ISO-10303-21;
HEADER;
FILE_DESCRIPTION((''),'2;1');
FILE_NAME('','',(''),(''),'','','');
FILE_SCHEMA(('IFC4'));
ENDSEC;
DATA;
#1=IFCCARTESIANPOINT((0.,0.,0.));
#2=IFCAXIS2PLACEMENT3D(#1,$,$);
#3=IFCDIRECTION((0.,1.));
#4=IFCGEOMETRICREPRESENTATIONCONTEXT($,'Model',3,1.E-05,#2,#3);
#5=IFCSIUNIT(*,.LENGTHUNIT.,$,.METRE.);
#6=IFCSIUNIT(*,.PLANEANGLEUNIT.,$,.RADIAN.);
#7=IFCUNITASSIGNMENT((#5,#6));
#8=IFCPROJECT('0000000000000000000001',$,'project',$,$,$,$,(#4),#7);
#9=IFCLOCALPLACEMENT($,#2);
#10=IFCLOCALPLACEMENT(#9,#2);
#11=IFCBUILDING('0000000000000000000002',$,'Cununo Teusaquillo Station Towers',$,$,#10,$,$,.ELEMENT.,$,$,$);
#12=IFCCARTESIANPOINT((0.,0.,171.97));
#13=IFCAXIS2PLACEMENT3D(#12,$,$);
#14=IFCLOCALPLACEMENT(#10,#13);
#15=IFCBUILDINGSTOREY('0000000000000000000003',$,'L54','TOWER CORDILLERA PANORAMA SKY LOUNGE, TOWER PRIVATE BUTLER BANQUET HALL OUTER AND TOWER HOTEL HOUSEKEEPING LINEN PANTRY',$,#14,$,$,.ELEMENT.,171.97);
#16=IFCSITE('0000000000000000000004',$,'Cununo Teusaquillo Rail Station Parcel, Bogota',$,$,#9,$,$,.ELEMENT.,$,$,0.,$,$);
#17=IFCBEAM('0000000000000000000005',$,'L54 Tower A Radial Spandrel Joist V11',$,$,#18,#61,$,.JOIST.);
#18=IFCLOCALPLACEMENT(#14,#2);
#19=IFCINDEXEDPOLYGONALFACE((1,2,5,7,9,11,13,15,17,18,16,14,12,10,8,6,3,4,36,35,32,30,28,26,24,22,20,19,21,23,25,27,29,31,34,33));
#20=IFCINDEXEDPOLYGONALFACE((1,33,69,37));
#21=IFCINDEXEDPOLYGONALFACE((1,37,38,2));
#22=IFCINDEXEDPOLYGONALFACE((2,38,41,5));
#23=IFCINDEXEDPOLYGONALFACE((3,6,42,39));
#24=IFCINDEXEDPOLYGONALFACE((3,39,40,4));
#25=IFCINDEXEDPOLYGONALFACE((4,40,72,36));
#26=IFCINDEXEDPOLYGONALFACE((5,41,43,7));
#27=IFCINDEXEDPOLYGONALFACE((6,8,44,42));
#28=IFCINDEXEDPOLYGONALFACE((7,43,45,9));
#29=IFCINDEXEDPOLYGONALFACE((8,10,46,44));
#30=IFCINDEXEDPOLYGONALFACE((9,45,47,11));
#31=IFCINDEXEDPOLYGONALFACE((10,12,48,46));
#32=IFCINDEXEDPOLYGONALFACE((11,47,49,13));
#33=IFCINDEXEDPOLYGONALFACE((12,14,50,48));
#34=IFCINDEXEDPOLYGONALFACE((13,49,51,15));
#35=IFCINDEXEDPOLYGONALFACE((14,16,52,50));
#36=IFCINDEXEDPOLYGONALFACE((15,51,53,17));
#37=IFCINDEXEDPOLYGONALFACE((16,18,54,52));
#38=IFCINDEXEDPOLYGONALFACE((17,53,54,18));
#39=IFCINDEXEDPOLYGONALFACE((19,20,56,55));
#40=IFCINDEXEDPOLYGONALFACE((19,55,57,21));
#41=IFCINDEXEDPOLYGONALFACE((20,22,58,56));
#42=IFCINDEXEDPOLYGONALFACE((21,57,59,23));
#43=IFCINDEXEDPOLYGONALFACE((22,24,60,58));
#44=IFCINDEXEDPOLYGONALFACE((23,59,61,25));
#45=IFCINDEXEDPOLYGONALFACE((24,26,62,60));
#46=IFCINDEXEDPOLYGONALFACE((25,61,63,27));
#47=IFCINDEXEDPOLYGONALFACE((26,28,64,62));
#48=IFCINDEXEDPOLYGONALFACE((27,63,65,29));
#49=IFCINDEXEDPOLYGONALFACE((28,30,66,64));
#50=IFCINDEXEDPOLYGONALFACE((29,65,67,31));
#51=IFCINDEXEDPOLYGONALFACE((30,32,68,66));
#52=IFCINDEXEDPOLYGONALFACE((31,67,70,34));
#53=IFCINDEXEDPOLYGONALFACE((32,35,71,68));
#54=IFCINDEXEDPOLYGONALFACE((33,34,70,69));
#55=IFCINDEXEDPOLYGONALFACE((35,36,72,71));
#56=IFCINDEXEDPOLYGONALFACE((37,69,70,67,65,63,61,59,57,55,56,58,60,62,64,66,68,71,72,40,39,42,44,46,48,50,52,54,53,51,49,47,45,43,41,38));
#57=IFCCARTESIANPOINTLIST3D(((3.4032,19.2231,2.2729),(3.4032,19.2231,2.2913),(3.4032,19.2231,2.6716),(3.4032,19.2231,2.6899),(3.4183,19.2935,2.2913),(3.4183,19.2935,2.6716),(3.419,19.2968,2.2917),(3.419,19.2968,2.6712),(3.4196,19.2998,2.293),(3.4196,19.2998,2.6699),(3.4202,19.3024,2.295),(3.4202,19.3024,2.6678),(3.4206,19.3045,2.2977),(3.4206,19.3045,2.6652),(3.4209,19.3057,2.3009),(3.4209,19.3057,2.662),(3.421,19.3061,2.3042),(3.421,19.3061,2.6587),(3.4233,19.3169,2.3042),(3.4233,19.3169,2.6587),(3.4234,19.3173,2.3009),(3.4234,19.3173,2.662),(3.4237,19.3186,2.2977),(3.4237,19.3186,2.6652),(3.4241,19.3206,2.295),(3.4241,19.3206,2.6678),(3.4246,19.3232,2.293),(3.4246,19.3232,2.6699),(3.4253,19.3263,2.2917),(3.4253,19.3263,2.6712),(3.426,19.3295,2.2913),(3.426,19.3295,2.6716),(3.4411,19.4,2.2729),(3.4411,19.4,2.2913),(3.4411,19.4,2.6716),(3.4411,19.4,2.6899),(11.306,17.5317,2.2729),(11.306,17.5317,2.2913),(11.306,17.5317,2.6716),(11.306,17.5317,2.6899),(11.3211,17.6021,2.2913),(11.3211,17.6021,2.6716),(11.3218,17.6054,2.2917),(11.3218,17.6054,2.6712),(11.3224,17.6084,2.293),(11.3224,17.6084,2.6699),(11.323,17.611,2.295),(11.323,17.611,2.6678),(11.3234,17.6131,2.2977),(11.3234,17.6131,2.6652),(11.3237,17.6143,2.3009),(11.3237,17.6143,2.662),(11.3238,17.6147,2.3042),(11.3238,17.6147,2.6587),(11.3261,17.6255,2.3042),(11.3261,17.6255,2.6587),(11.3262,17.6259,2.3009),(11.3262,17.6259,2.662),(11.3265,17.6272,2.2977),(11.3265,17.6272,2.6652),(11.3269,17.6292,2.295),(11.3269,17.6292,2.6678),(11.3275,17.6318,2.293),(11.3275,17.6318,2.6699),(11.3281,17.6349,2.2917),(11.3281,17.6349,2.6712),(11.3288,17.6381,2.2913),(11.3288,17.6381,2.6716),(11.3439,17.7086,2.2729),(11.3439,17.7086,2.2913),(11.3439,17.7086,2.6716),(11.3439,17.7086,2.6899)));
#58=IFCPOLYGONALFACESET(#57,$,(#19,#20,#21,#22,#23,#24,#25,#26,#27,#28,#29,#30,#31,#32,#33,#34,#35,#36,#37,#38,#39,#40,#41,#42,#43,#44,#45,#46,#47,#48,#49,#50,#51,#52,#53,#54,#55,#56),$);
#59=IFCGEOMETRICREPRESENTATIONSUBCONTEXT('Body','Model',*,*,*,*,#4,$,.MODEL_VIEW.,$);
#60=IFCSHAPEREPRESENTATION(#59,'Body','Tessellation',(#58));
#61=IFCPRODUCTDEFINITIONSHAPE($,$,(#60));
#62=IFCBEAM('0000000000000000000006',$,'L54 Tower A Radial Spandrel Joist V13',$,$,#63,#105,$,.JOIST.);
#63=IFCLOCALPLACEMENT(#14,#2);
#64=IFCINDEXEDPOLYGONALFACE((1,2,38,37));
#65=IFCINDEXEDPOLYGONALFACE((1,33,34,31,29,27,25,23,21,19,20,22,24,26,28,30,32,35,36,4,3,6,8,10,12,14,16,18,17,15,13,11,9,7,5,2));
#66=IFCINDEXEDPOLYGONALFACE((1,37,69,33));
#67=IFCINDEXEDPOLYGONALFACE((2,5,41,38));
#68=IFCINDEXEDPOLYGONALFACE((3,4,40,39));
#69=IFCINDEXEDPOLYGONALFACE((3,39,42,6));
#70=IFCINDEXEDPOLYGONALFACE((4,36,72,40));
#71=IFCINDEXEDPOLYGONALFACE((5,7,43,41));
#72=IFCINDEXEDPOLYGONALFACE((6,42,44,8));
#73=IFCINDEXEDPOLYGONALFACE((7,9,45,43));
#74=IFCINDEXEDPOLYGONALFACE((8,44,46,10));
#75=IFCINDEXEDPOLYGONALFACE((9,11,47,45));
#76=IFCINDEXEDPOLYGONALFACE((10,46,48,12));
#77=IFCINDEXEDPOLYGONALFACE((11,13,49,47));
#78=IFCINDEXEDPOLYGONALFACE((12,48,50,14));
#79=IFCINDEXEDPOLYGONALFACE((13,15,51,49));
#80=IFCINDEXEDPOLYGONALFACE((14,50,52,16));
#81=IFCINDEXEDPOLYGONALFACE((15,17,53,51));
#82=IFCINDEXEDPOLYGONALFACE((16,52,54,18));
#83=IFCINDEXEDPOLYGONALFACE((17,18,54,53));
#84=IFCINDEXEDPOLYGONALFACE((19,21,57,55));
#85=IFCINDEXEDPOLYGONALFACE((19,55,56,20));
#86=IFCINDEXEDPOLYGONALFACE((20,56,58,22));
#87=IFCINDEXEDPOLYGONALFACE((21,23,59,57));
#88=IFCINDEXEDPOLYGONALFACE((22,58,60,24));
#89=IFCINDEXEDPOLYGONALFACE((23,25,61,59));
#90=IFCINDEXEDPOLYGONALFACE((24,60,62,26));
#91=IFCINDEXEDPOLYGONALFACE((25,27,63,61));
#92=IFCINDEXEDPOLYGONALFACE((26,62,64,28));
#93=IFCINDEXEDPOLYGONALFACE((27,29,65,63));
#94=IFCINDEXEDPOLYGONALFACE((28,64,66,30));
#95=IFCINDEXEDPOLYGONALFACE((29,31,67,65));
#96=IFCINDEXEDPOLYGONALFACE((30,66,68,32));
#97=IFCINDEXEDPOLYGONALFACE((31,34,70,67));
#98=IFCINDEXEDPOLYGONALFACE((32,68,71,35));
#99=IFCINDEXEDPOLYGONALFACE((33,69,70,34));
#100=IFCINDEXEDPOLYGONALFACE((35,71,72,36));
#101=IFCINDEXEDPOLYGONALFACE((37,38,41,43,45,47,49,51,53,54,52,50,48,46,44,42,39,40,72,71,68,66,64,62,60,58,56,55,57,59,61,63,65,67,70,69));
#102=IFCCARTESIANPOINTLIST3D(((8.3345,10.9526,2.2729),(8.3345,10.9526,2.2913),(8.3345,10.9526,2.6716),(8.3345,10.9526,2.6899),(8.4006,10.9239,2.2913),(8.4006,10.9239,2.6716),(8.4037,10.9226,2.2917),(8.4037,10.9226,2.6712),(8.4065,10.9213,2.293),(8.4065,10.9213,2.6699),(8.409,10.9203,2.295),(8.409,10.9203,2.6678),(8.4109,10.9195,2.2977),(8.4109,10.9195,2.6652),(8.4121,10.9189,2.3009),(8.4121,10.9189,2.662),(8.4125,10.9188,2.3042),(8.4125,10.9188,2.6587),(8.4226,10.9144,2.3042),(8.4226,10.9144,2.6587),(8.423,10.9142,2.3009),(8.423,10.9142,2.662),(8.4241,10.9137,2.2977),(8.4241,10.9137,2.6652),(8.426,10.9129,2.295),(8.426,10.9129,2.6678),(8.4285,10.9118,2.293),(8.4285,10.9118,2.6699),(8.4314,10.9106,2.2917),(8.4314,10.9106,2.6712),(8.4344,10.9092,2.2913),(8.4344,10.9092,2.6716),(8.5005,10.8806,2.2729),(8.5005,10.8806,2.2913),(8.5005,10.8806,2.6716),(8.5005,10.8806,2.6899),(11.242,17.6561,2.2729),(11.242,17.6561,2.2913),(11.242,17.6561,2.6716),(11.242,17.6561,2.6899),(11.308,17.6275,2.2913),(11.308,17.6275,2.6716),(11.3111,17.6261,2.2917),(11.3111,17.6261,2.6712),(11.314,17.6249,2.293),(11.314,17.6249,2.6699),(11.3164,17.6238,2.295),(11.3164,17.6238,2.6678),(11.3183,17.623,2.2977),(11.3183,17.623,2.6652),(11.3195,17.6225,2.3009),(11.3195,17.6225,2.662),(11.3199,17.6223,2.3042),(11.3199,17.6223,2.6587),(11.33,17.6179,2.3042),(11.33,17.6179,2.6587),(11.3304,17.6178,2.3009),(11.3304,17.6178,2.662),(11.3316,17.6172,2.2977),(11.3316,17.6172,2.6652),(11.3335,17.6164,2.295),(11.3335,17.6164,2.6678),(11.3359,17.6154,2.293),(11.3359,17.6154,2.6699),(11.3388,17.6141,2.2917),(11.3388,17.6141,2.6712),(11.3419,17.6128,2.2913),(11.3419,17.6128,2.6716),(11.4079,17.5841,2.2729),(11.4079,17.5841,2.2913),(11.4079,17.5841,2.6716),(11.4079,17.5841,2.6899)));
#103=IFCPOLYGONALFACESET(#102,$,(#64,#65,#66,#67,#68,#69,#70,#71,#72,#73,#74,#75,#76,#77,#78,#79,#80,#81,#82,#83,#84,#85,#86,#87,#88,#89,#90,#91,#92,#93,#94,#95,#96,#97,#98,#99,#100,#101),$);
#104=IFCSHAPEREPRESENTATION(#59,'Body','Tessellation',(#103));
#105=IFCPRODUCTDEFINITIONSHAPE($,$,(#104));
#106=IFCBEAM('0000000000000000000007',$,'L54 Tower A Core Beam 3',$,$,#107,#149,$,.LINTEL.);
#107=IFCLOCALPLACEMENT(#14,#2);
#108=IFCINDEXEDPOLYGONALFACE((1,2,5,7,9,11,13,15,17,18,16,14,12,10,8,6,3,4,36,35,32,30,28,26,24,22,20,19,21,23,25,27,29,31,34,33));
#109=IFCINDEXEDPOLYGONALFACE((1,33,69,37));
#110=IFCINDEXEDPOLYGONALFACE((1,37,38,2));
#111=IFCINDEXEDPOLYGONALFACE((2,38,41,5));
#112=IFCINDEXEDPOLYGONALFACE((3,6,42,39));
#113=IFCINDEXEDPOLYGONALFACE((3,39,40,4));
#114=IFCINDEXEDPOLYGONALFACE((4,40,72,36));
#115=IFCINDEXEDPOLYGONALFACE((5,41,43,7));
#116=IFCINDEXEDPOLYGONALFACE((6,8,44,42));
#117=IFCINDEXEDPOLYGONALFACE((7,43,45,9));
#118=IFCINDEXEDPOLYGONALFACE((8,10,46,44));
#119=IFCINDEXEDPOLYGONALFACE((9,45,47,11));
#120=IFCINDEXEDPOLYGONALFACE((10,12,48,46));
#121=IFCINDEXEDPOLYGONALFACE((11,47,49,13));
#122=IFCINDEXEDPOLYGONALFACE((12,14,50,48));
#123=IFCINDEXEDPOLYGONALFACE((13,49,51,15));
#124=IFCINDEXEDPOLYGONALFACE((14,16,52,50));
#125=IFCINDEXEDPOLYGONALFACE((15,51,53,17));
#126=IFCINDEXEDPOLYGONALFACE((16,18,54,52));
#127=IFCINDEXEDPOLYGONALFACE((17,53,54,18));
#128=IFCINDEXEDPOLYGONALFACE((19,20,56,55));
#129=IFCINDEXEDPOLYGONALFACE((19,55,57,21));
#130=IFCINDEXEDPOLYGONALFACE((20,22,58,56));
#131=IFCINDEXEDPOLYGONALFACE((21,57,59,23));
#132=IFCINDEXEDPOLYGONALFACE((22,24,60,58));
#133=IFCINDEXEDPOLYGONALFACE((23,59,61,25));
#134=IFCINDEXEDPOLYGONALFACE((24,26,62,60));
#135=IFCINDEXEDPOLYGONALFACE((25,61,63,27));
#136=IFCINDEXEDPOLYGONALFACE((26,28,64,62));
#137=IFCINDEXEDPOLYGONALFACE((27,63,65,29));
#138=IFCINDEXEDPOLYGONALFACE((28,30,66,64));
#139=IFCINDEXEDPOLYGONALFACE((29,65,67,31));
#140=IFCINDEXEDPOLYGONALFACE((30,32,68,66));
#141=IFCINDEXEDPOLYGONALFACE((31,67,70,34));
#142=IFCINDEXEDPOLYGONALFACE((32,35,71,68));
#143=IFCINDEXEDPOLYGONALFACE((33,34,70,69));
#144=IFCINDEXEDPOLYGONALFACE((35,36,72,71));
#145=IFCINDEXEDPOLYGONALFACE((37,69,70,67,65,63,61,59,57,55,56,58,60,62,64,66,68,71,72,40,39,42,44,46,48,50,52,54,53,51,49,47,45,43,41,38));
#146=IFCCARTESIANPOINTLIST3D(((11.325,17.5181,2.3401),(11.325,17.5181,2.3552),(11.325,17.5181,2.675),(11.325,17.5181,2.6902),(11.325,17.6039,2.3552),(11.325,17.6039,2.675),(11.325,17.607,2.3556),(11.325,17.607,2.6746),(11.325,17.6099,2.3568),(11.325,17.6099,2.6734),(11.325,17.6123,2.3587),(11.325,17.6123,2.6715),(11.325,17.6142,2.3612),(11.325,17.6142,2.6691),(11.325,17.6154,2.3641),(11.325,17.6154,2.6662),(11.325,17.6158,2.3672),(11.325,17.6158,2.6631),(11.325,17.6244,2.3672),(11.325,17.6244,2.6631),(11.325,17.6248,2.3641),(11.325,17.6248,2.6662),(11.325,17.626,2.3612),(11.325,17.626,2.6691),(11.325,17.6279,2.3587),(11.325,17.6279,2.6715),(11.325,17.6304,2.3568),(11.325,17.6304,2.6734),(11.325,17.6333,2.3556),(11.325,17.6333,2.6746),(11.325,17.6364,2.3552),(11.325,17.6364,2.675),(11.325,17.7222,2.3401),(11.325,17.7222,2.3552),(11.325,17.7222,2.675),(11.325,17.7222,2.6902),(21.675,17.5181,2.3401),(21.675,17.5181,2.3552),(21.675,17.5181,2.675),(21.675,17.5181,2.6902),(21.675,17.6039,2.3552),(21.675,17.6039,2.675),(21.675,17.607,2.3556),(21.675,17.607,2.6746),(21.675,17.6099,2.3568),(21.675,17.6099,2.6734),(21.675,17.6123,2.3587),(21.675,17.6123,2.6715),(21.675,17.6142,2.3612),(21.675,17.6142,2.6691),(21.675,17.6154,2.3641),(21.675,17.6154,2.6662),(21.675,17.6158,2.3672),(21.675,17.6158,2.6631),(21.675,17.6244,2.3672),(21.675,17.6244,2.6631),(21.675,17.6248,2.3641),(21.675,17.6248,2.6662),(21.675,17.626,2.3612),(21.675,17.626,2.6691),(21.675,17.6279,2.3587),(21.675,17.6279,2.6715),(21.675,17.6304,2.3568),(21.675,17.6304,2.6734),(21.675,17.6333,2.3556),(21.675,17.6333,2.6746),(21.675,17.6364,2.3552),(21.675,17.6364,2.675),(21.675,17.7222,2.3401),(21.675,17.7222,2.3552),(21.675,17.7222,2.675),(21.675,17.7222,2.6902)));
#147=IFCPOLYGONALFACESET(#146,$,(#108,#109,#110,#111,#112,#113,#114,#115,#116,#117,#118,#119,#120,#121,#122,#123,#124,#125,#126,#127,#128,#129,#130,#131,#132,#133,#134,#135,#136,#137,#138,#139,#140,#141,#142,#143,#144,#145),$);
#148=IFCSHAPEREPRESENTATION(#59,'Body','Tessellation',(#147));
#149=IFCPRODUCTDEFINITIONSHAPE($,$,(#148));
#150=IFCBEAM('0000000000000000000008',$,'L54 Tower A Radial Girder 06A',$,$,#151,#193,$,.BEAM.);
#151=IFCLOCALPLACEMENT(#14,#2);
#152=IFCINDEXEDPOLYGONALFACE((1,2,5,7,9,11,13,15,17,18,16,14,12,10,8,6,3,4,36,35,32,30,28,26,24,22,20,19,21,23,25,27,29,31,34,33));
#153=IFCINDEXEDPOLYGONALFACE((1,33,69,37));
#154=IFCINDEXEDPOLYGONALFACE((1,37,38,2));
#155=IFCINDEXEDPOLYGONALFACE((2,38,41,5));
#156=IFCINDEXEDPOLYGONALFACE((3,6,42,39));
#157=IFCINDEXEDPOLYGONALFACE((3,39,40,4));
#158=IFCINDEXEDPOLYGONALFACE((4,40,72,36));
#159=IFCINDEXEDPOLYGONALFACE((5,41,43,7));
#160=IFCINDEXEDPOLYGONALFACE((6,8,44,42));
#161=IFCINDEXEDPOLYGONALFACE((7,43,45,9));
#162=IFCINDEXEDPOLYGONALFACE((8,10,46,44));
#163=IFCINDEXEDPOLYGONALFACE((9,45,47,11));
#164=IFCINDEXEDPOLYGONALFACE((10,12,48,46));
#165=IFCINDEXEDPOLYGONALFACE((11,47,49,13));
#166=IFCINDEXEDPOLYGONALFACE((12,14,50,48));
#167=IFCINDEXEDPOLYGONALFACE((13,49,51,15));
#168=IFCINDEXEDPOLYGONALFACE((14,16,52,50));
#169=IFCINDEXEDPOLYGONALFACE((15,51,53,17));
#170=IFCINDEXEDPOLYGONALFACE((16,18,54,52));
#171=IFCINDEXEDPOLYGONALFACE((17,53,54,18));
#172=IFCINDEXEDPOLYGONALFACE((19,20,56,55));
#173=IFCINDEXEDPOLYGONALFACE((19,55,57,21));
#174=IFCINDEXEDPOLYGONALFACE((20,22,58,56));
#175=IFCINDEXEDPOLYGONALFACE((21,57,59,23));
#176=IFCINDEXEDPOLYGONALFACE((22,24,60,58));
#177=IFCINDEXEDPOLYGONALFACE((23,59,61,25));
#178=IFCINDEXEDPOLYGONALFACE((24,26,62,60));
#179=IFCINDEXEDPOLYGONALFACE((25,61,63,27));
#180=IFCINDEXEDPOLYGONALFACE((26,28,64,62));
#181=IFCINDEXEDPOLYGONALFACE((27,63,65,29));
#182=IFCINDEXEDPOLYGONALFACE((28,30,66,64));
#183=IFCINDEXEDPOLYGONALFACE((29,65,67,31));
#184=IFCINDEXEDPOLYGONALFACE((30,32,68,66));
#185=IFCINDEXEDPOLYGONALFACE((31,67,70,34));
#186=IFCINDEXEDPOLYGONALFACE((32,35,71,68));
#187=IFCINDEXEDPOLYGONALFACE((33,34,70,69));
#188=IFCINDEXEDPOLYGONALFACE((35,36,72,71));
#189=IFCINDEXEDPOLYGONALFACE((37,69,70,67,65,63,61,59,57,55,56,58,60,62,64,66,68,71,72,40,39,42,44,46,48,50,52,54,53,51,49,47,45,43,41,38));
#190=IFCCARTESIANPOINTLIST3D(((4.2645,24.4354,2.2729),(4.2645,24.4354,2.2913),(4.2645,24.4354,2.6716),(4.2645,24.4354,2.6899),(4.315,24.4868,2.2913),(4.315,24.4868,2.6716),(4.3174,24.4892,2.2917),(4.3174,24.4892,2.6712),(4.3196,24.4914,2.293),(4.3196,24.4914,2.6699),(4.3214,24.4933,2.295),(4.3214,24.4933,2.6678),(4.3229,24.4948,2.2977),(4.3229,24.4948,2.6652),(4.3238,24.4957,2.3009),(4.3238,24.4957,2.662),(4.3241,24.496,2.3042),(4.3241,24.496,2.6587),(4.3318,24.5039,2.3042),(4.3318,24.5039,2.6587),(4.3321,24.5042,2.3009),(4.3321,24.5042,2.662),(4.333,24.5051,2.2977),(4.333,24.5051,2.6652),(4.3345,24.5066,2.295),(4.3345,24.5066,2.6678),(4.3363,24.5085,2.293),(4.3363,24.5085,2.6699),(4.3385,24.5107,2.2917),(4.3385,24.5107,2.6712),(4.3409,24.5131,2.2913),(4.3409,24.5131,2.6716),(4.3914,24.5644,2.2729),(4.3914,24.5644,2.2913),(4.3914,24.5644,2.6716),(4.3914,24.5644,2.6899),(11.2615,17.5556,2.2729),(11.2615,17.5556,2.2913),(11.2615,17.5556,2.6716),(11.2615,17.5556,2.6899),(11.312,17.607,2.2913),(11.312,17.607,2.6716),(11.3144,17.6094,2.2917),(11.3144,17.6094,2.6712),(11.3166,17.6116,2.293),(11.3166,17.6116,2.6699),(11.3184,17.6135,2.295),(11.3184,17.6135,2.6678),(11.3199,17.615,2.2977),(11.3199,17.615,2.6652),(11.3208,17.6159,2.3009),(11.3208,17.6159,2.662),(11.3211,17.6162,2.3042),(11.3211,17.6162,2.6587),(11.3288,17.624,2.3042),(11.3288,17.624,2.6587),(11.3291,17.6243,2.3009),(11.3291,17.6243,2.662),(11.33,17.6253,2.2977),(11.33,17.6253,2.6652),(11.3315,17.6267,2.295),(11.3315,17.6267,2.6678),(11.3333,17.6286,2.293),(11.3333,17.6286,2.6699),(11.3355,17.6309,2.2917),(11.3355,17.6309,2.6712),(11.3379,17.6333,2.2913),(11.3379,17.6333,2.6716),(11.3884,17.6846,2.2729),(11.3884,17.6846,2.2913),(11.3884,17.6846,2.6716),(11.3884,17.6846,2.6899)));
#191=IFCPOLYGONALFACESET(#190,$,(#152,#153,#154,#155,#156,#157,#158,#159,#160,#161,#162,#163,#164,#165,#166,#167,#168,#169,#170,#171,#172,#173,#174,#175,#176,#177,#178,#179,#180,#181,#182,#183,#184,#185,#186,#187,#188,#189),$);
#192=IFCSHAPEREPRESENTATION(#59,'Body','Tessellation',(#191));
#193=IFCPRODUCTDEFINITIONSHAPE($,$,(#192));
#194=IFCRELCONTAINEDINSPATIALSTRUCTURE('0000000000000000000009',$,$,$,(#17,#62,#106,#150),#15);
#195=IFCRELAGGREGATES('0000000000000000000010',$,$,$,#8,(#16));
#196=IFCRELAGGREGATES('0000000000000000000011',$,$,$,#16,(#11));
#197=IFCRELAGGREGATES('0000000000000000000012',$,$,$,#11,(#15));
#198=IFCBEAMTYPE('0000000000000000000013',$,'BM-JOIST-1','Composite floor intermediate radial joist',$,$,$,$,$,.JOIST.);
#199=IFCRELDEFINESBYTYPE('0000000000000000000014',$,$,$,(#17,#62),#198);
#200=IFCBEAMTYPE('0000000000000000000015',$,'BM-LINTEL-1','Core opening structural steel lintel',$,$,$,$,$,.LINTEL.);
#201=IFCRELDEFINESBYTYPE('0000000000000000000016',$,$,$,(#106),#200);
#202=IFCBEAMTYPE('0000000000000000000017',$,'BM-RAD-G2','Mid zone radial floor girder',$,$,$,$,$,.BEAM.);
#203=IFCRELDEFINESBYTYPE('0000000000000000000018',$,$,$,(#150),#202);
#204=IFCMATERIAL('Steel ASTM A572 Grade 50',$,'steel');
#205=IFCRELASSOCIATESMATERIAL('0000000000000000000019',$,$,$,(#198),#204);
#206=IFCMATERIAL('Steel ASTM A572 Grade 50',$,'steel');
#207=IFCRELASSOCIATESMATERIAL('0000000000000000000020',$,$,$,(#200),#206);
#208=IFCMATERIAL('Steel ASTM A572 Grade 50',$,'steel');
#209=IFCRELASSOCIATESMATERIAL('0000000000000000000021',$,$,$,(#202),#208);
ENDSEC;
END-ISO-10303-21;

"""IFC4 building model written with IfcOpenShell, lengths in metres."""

from ifc_helpers import new_model, si_unit, direction, frame, origin, origin_2d, place, context, subcontext, project, spatial, i_section, extrude, material, material_profile, profile_set, type_object, element, save


model = new_model("IFC4")

# Units and contexts
model_context = context("Model", 3, precision=1e-05, world=origin(), true_north=direction((0.0, 1.0)))
body_context = subcontext(model_context, "Body", "Model", "MODEL_VIEW")
ifc_project = project(units=[si_unit("LENGTHUNIT", "METRE"), si_unit("PLANEANGLEUNIT", "RADIAN")], contexts=[model_context])

# Site, building, storey
site_placement = place(None, origin())
site = spatial("IfcSite", under=ifc_project, at=site_placement, Name="Cununo Teusaquillo Rail Station Parcel, Bogota", CompositionType="ELEMENT", RefElevation=0.0)
building_placement = place(site_placement, origin())
building = spatial("IfcBuilding", under=site, at=building_placement, Name="Cununo Teusaquillo Station Towers", CompositionType="ELEMENT")
storey_placement = place(building_placement, frame((0.0, 0.0, 171.97)))
storey = spatial("IfcBuildingStorey", under=building, at=storey_placement, Name="L54", Description="TOWER CORDILLERA PANORAMA SKY LOUNGE, TOWER PRIVATE BUTLER BANQUET HALL OUTER AND TOWER HOTEL HOUSEKEEPING LINEN PANTRY", CompositionType="ELEMENT", Elevation=171.97)

# Beams
ifc_material_1 = material(Name="Steel ASTM A572 Grade 50", Category="steel")
ifc_material_profile_1 = material_profile(ifc_material_1, i_section(OverallWidth=0.1809, OverallDepth=0.417, WebThickness=0.011, FlangeThickness=0.0183, FilletRadius=0.0129, at=origin_2d()), Name="W16X57")
ifc_profile_set_1 = profile_set([ifc_material_profile_1], Name="Steel ASTM A572 Grade 50")
beam_type_1 = type_object("IfcBeamType", Name="BM-JOIST-1", Description="Composite floor intermediate radial joist", PredefinedType="JOIST", material=ifc_profile_set_1)
beam_1_placement = place(storey_placement, frame((11.325, 17.6201, 2.4814), z_axis=(-0.977855, 0.209286, 0.0), x_axis=(-0.209286, -0.977855, 0.0)))
element("IfcBeam", 1, at=beam_1_placement, inside=storey, type_object=beam_type_1, Name="L54 Tower A Radial Spandrel Joist V11", PredefinedType="JOIST", context=body_context, shape_type="SweptSolid", body=[
    extrude(i_section(OverallWidth=0.1809, OverallDepth=0.417, WebThickness=0.011, FlangeThickness=0.0183, FilletRadius=0.0129, at=origin_2d()), origin(), (0.0, 0.0, 1.0), 8.0818),
])
beam_2_placement = place(storey_placement, frame((11.325, 17.6201, 2.4814), z_axis=(-0.397904, -0.917427, 0.0), x_axis=(0.917427, -0.397904, 0.0)))
element("IfcBeam", 2, at=beam_2_placement, inside=storey, type_object=beam_type_1, Name="L54 Tower A Radial Spandrel Joist V13", PredefinedType="JOIST", context=body_context, shape_type="SweptSolid", body=[
    extrude(i_section(OverallWidth=0.1809, OverallDepth=0.417, WebThickness=0.011, FlangeThickness=0.0183, FilletRadius=0.0129, at=origin_2d()), origin(), (0.0, 0.0, 1.0), 7.3069),
])
ifc_material_2 = material(Name="Steel ASTM A572 Grade 50", Category="steel")
ifc_material_profile_2 = material_profile(ifc_material_2, i_section(OverallWidth=0.2041, OverallDepth=0.3501, WebThickness=0.0085, FlangeThickness=0.0151, FilletRadius=0.012, at=origin_2d()), Name="W14X48")
ifc_profile_set_2 = profile_set([ifc_material_profile_2], Name="Steel ASTM A572 Grade 50")
beam_type_2 = type_object("IfcBeamType", Name="BM-LINTEL-1", Description="Core opening structural steel lintel", PredefinedType="LINTEL", material=ifc_profile_set_2)
beam_3_placement = place(storey_placement, frame((11.325, 17.6201, 2.5151), z_axis=(1.0, 0.0, 0.0), x_axis=(0.0, 1.0, 0.0)))
element("IfcBeam", 3, at=beam_3_placement, inside=storey, type_object=beam_type_2, Name="L54 Tower A Core Beam 3", PredefinedType="LINTEL", context=body_context, shape_type="SweptSolid", body=[
    extrude(i_section(OverallWidth=0.2041, OverallDepth=0.3501, WebThickness=0.0085, FlangeThickness=0.0151, FilletRadius=0.012, at=origin_2d()), origin(), (0.0, 0.0, 1.0), 10.3501),
])
ifc_material_3 = material(Name="Steel ASTM A572 Grade 50", Category="steel")
ifc_material_profile_3 = material_profile(ifc_material_3, i_section(OverallWidth=0.1809, OverallDepth=0.417, WebThickness=0.011, FlangeThickness=0.0183, FilletRadius=0.0129, at=origin_2d()), Name="W16X57")
ifc_profile_set_3 = profile_set([ifc_material_profile_3], Name="Steel ASTM A572 Grade 50")
beam_type_3 = type_object("IfcBeamType", Name="BM-RAD-G2", Description="Mid zone radial floor girder", PredefinedType="BEAM", material=ifc_profile_set_3)
beam_4_placement = place(storey_placement, frame((11.325, 17.6201, 2.4814), z_axis=(-0.713053, 0.70111, 0.0), x_axis=(-0.70111, -0.713053, 0.0)))
element("IfcBeam", 4, at=beam_4_placement, inside=storey, type_object=beam_type_3, Name="L54 Tower A Radial Girder 06A", PredefinedType="BEAM", context=body_context, shape_type="SweptSolid", body=[
    extrude(i_section(OverallWidth=0.1809, OverallDepth=0.417, WebThickness=0.011, FlangeThickness=0.0183, FilletRadius=0.0129, at=origin_2d()), origin(), (0.0, 0.0, 1.0), 9.8127),
])

save(model, "model.ifc")
